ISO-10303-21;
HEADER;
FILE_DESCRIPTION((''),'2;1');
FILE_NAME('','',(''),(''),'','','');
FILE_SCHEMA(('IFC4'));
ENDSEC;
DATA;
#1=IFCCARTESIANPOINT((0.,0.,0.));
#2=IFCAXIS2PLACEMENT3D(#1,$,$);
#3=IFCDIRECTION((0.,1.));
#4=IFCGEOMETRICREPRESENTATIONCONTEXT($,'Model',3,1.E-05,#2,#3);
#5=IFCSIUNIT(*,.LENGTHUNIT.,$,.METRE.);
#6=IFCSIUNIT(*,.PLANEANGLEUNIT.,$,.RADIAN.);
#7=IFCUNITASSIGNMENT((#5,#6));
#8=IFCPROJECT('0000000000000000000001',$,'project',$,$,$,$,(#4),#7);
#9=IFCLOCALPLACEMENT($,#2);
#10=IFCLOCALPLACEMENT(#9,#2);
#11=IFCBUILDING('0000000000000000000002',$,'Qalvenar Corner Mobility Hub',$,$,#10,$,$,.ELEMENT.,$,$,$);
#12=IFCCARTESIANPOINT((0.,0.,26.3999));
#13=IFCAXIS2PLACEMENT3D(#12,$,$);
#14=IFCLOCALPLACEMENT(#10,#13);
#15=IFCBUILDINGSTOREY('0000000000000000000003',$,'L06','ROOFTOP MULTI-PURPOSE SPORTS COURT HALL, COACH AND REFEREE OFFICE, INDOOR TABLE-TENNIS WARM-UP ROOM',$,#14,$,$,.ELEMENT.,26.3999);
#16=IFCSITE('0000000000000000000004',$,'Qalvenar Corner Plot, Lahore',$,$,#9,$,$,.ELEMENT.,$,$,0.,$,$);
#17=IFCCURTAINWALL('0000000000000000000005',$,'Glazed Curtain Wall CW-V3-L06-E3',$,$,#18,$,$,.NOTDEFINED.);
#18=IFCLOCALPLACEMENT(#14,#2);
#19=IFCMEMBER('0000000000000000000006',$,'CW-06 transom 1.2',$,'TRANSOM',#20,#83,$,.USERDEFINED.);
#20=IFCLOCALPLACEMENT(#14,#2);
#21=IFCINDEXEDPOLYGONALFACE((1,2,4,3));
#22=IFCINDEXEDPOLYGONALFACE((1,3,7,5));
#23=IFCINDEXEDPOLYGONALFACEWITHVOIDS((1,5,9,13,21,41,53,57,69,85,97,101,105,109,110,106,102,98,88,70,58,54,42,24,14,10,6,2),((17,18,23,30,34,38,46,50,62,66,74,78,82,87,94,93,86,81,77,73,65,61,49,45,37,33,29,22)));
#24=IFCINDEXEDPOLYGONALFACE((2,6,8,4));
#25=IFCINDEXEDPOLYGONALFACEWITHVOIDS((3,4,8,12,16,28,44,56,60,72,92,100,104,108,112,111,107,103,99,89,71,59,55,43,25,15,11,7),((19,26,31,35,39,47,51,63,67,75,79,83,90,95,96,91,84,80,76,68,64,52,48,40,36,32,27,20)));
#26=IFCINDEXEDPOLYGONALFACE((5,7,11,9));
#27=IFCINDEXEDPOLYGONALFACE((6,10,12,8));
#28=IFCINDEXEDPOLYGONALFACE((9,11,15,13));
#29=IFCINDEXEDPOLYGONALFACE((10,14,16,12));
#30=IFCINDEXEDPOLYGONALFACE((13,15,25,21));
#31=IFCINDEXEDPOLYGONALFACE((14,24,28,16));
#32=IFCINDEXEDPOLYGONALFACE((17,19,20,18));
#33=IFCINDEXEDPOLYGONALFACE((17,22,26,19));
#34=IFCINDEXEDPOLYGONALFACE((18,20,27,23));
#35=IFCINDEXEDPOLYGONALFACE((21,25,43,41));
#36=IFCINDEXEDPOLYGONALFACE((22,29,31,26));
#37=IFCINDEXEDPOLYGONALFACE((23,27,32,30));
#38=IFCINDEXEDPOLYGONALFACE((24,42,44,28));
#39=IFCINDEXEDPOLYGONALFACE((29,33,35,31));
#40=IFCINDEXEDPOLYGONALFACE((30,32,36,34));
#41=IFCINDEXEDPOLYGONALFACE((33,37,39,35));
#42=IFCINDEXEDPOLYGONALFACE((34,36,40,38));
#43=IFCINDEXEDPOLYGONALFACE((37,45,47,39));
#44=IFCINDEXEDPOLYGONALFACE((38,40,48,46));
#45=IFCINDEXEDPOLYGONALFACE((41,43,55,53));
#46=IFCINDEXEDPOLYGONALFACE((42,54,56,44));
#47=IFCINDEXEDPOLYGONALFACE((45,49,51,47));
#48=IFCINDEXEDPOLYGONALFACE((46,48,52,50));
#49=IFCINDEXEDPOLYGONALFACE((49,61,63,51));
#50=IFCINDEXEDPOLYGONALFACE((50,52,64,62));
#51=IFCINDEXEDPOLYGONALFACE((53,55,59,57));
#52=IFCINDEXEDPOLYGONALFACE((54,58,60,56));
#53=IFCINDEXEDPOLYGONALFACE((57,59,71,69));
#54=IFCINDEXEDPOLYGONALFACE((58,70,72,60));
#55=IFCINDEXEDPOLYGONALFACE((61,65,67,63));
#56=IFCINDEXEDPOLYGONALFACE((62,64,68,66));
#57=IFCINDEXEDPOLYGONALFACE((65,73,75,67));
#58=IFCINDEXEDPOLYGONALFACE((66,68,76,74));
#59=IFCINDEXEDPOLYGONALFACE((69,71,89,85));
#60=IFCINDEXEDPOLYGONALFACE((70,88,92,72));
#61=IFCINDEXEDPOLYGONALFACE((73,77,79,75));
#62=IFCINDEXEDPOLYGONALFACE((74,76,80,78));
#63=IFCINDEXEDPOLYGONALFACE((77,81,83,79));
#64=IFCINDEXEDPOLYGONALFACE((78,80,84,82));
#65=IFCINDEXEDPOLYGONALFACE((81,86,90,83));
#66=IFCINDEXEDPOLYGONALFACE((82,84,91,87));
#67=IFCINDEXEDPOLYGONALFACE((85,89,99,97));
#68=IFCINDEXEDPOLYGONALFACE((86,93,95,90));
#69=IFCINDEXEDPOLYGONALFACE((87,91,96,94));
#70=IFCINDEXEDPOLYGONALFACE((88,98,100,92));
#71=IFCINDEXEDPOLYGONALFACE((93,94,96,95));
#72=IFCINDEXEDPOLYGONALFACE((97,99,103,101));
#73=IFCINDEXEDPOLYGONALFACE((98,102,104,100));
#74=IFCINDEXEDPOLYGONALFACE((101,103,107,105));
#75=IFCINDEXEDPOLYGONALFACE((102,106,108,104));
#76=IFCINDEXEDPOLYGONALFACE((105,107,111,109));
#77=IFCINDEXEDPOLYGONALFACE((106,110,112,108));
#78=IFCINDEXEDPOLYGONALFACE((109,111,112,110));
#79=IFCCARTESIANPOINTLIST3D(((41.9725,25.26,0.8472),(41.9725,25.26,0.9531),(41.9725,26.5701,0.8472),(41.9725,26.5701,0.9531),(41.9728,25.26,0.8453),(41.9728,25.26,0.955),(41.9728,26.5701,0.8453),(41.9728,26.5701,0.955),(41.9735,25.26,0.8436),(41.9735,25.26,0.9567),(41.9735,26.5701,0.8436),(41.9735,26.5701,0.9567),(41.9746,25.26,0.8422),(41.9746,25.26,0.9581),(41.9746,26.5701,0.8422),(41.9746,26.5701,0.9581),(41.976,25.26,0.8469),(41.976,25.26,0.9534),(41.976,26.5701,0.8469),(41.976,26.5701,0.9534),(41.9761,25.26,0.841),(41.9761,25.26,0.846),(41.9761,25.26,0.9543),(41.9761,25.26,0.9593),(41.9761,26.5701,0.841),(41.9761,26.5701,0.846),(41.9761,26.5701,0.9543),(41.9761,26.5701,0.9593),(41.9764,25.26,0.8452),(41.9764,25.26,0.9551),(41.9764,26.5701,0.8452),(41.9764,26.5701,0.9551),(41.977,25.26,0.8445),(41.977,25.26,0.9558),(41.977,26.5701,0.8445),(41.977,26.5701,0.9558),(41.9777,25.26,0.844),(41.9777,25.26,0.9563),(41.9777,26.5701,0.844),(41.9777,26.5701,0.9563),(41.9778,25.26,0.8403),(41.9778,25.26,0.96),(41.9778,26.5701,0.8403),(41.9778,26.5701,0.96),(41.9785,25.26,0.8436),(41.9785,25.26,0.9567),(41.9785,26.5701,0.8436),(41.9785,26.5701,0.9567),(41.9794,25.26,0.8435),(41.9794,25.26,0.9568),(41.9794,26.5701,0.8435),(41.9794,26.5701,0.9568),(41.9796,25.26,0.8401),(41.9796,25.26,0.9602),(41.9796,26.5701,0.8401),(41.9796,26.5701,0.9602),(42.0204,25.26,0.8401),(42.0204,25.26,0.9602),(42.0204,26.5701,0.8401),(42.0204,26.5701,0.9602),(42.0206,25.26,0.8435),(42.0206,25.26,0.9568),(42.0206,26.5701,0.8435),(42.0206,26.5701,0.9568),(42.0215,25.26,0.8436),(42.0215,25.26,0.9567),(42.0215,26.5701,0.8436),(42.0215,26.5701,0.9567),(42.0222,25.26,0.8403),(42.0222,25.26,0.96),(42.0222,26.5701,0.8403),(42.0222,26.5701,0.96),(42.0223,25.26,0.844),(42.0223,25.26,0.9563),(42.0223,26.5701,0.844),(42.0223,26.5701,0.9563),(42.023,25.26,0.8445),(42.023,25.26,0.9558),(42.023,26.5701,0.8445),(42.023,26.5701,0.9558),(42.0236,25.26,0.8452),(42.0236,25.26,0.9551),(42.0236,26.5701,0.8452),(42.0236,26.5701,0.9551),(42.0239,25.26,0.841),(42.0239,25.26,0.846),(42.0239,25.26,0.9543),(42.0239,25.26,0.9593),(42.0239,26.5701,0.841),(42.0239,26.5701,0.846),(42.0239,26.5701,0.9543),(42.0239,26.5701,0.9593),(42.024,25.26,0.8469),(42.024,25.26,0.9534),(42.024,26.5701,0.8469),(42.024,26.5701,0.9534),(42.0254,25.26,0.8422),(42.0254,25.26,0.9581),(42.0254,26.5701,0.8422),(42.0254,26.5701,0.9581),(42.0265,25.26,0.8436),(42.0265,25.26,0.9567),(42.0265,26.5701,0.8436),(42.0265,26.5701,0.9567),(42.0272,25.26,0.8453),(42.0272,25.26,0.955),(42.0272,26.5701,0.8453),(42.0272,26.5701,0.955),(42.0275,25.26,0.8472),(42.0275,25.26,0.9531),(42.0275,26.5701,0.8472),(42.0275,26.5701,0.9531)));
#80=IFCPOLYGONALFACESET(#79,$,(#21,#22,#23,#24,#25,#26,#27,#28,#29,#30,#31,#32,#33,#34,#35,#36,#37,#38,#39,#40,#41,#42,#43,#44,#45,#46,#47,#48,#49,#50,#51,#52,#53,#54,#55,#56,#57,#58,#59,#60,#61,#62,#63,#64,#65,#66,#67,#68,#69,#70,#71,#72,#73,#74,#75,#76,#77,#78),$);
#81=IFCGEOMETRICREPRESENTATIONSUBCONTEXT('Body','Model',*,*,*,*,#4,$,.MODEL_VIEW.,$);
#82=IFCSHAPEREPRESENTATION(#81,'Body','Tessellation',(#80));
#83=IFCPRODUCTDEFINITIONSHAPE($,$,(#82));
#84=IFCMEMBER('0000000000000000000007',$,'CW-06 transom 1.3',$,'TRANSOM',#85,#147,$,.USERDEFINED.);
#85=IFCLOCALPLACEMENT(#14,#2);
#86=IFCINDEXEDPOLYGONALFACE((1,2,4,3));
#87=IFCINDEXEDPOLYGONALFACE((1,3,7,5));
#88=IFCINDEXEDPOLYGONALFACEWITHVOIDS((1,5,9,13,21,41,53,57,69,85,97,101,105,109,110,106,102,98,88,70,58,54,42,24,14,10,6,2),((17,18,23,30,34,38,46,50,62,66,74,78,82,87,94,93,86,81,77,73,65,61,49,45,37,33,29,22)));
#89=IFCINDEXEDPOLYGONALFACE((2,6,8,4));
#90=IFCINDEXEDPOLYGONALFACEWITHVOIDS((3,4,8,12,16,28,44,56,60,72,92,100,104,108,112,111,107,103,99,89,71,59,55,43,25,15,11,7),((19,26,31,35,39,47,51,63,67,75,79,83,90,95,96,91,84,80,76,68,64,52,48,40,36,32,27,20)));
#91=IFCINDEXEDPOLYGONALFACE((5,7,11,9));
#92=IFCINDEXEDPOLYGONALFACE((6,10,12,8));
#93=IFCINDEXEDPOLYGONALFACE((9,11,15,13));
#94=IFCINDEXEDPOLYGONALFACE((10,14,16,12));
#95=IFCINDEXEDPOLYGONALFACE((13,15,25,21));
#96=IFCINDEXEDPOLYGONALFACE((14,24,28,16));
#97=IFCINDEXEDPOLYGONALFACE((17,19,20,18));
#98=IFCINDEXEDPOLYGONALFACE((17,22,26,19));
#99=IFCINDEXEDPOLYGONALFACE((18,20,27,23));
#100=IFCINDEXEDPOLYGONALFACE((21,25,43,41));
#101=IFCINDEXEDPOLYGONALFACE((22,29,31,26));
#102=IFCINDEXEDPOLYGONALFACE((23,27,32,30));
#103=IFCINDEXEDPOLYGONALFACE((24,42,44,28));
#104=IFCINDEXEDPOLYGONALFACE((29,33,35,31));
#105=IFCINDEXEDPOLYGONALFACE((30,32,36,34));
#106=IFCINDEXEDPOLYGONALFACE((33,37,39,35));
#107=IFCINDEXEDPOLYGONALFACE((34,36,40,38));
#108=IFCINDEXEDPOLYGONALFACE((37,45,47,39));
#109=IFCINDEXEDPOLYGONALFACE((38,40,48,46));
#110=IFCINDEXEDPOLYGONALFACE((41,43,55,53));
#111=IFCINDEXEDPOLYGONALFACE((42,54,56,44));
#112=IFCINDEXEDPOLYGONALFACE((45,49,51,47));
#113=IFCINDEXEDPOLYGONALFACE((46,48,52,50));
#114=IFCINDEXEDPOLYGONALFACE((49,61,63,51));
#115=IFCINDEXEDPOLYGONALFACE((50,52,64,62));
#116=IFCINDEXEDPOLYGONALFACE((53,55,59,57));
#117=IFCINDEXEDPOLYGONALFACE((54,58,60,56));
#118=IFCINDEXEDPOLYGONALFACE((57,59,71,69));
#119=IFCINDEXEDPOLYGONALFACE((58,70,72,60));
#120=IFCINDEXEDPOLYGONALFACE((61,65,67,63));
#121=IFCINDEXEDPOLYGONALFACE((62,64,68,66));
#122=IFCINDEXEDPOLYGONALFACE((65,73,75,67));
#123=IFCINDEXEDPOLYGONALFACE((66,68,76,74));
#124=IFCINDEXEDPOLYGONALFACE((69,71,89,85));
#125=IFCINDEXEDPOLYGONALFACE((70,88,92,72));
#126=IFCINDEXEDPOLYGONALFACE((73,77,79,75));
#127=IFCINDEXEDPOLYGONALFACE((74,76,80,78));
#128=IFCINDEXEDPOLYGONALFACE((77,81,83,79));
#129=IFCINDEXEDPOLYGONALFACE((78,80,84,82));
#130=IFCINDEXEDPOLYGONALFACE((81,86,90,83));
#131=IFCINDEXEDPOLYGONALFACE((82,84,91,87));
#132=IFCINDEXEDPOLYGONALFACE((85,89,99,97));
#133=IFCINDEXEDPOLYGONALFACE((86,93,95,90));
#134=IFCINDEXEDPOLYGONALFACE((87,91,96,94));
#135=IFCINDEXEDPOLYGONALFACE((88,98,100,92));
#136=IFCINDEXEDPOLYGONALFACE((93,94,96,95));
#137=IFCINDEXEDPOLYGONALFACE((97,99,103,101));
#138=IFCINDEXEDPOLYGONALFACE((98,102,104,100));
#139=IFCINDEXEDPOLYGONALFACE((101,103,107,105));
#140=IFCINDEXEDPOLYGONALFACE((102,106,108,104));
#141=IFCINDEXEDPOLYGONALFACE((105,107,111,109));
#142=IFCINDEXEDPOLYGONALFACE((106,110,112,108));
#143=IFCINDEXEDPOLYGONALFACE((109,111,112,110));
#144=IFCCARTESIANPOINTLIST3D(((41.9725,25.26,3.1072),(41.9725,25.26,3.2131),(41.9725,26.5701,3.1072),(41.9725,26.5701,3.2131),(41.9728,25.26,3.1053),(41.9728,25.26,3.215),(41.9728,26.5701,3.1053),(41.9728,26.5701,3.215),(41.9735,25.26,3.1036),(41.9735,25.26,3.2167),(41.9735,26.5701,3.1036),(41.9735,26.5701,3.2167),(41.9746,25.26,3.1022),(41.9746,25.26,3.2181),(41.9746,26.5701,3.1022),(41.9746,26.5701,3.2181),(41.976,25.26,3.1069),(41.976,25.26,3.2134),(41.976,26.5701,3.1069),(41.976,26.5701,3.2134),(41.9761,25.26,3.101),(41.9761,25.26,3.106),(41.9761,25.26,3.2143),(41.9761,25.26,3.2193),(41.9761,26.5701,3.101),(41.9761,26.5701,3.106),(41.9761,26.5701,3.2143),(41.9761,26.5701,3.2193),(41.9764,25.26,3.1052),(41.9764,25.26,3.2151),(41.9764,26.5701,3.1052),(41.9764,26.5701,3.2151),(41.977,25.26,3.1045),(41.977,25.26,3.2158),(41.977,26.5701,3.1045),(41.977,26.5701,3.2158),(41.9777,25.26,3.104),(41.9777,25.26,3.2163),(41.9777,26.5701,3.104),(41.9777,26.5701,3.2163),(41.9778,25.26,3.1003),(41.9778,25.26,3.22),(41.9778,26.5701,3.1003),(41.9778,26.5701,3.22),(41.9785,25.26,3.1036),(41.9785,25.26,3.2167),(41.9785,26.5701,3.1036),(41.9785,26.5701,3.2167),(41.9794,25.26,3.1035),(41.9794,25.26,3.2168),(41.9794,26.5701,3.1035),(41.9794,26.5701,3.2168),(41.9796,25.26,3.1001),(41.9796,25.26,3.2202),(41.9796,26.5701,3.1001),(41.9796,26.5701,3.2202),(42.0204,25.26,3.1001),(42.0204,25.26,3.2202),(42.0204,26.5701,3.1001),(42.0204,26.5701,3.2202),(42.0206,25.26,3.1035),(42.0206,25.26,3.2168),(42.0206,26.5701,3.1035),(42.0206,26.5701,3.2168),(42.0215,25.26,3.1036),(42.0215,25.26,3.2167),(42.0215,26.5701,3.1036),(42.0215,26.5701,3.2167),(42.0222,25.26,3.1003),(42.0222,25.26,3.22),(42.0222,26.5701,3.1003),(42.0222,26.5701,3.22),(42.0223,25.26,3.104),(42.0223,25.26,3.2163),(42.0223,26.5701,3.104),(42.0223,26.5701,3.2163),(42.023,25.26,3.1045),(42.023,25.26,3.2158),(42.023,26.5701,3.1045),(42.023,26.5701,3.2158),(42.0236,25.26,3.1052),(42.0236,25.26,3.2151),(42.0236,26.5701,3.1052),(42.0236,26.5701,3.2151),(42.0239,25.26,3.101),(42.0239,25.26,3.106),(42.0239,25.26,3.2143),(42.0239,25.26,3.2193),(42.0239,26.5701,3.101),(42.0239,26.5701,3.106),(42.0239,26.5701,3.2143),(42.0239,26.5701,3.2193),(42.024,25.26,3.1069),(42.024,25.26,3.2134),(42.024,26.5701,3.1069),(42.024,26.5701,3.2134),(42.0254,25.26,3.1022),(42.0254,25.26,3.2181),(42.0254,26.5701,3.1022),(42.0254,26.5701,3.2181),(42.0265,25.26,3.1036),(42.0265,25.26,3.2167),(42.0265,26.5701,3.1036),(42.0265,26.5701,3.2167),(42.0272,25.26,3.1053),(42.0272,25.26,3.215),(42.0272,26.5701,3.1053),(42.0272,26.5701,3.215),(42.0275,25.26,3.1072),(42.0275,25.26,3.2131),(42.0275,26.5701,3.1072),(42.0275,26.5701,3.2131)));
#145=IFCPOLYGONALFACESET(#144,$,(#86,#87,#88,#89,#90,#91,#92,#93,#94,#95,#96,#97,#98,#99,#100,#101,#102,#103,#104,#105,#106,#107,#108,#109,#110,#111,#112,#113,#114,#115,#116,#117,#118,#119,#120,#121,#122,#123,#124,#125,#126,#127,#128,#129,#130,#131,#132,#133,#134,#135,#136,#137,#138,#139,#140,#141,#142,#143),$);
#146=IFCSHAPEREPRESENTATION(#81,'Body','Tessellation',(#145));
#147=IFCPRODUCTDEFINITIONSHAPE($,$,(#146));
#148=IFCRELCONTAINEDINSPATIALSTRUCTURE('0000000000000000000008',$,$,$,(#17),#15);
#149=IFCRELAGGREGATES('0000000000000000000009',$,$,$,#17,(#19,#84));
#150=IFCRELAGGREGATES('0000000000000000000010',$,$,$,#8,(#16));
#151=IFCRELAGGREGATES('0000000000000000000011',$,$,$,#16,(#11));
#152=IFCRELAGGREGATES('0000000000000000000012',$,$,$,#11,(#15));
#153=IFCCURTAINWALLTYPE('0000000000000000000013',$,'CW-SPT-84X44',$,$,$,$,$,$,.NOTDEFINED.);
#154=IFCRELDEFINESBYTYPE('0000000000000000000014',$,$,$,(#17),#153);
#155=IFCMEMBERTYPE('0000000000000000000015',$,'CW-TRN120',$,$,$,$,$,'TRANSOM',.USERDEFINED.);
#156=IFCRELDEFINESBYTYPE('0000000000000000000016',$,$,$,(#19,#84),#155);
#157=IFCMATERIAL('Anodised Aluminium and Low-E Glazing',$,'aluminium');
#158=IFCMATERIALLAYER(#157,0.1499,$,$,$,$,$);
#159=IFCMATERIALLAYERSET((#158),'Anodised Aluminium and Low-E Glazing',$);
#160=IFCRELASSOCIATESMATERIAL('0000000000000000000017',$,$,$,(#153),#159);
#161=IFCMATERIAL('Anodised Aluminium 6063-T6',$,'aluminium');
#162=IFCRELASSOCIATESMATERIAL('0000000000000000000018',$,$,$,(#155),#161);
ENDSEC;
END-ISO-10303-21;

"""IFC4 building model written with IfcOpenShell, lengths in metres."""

from ifc_helpers import new_model, si_unit, direction, frame, origin, origin_2d, place, context, subcontext, project, spatial, hollow_rectangle, extrude, material, layer, layer_set, material_profile, profile_set, type_object, element, aggregate, save


model = new_model("IFC4")

# Units and contexts
model_context = context("Model", 3, precision=1e-05, world=origin(), true_north=direction((0.0, 1.0)))
body_context = subcontext(model_context, "Body", "Model", "MODEL_VIEW")
ifc_project = project(units=[si_unit("LENGTHUNIT", "METRE"), si_unit("PLANEANGLEUNIT", "RADIAN")], contexts=[model_context])

# Site, building, storey
site_placement = place(None, origin())
site = spatial("IfcSite", under=ifc_project, at=site_placement, Name="Qalvenar Corner Plot, Lahore", CompositionType="ELEMENT", RefElevation=0.0)
building_placement = place(site_placement, origin())
building = spatial("IfcBuilding", under=site, at=building_placement, Name="Qalvenar Corner Mobility Hub", CompositionType="ELEMENT")
storey_placement = place(building_placement, frame((0.0, 0.0, 26.3999)))
storey = spatial("IfcBuildingStorey", under=building, at=storey_placement, Name="L06", Description="ROOFTOP MULTI-PURPOSE SPORTS COURT HALL, COACH AND REFEREE OFFICE, INDOOR TABLE-TENNIS WARM-UP ROOM", CompositionType="ELEMENT", Elevation=26.3999)

# Shared definitions
ifc_material_1 = material(Name="Anodised Aluminium and Low-E Glazing", Category="aluminium")
ifc_material_2 = material(Name="Anodised Aluminium 6063-T6", Category="aluminium")

# Curtain wall
ifc_layer_1 = layer(ifc_material_1, 0.1499)
ifc_layer_set_1 = layer_set([ifc_layer_1], Name="Anodised Aluminium and Low-E Glazing")
curtain_wall_type_1 = type_object("IfcCurtainWallType", Name="CW-SPT-84X44", PredefinedType="NOTDEFINED", material=ifc_layer_set_1)
curtain_wall_1_placement = place(storey_placement, origin())
curtain_wall_1 = element("IfcCurtainWall", 1, at=curtain_wall_1_placement, inside=storey, type_object=curtain_wall_type_1, Name="Glazed Curtain Wall CW-V3-L06-E3", PredefinedType="NOTDEFINED")

# Members
ifc_material_profile_1 = material_profile(ifc_material_2, hollow_rectangle(XDim=0.0549, YDim=0.1201, WallThickness=0.0034, InnerFilletRadius=0.0034, OuterFilletRadius=0.0071, at=origin_2d()), Name="RHS120x55x3.5")
ifc_profile_set_1 = profile_set([ifc_material_profile_1], Name="Anodised Aluminium 6063-T6")
member_type_1 = type_object("IfcMemberType", Name="CW-TRN120", ElementType="TRANSOM", PredefinedType="USERDEFINED", material=ifc_profile_set_1)
member_1_placement = place(storey_placement, frame((42.0, 25.26, 0.9001), z_axis=(0.0, 1.0, 0.0), x_axis=(-1.0, 0.0, 0.0)))
member_1 = element("IfcMember", 2, at=member_1_placement, type_object=member_type_1, Name="CW-06 transom 1.2", ObjectType="TRANSOM", PredefinedType="USERDEFINED", context=body_context, shape_type="SweptSolid", body=[
    extrude(hollow_rectangle(XDim=0.0549, YDim=0.1201, WallThickness=0.0034, InnerFilletRadius=0.0034, OuterFilletRadius=0.0071, at=origin_2d()), origin(), (0.0, 0.0, 1.0), 1.3101),
])
member_2_placement = place(storey_placement, frame((42.0, 25.26, 3.1602), z_axis=(0.0, 1.0, 0.0), x_axis=(-1.0, 0.0, 0.0)))
member_2 = element("IfcMember", 3, at=member_2_placement, type_object=member_type_1, Name="CW-06 transom 1.3", ObjectType="TRANSOM", PredefinedType="USERDEFINED", context=body_context, shape_type="SweptSolid", body=[
    extrude(hollow_rectangle(XDim=0.0549, YDim=0.1201, WallThickness=0.0034, InnerFilletRadius=0.0034, OuterFilletRadius=0.0071, at=origin_2d()), origin(), (0.0, 0.0, 1.0), 1.3101),
])

aggregate(curtain_wall_1, [member_1, member_2])

save(model, "model.ifc")
